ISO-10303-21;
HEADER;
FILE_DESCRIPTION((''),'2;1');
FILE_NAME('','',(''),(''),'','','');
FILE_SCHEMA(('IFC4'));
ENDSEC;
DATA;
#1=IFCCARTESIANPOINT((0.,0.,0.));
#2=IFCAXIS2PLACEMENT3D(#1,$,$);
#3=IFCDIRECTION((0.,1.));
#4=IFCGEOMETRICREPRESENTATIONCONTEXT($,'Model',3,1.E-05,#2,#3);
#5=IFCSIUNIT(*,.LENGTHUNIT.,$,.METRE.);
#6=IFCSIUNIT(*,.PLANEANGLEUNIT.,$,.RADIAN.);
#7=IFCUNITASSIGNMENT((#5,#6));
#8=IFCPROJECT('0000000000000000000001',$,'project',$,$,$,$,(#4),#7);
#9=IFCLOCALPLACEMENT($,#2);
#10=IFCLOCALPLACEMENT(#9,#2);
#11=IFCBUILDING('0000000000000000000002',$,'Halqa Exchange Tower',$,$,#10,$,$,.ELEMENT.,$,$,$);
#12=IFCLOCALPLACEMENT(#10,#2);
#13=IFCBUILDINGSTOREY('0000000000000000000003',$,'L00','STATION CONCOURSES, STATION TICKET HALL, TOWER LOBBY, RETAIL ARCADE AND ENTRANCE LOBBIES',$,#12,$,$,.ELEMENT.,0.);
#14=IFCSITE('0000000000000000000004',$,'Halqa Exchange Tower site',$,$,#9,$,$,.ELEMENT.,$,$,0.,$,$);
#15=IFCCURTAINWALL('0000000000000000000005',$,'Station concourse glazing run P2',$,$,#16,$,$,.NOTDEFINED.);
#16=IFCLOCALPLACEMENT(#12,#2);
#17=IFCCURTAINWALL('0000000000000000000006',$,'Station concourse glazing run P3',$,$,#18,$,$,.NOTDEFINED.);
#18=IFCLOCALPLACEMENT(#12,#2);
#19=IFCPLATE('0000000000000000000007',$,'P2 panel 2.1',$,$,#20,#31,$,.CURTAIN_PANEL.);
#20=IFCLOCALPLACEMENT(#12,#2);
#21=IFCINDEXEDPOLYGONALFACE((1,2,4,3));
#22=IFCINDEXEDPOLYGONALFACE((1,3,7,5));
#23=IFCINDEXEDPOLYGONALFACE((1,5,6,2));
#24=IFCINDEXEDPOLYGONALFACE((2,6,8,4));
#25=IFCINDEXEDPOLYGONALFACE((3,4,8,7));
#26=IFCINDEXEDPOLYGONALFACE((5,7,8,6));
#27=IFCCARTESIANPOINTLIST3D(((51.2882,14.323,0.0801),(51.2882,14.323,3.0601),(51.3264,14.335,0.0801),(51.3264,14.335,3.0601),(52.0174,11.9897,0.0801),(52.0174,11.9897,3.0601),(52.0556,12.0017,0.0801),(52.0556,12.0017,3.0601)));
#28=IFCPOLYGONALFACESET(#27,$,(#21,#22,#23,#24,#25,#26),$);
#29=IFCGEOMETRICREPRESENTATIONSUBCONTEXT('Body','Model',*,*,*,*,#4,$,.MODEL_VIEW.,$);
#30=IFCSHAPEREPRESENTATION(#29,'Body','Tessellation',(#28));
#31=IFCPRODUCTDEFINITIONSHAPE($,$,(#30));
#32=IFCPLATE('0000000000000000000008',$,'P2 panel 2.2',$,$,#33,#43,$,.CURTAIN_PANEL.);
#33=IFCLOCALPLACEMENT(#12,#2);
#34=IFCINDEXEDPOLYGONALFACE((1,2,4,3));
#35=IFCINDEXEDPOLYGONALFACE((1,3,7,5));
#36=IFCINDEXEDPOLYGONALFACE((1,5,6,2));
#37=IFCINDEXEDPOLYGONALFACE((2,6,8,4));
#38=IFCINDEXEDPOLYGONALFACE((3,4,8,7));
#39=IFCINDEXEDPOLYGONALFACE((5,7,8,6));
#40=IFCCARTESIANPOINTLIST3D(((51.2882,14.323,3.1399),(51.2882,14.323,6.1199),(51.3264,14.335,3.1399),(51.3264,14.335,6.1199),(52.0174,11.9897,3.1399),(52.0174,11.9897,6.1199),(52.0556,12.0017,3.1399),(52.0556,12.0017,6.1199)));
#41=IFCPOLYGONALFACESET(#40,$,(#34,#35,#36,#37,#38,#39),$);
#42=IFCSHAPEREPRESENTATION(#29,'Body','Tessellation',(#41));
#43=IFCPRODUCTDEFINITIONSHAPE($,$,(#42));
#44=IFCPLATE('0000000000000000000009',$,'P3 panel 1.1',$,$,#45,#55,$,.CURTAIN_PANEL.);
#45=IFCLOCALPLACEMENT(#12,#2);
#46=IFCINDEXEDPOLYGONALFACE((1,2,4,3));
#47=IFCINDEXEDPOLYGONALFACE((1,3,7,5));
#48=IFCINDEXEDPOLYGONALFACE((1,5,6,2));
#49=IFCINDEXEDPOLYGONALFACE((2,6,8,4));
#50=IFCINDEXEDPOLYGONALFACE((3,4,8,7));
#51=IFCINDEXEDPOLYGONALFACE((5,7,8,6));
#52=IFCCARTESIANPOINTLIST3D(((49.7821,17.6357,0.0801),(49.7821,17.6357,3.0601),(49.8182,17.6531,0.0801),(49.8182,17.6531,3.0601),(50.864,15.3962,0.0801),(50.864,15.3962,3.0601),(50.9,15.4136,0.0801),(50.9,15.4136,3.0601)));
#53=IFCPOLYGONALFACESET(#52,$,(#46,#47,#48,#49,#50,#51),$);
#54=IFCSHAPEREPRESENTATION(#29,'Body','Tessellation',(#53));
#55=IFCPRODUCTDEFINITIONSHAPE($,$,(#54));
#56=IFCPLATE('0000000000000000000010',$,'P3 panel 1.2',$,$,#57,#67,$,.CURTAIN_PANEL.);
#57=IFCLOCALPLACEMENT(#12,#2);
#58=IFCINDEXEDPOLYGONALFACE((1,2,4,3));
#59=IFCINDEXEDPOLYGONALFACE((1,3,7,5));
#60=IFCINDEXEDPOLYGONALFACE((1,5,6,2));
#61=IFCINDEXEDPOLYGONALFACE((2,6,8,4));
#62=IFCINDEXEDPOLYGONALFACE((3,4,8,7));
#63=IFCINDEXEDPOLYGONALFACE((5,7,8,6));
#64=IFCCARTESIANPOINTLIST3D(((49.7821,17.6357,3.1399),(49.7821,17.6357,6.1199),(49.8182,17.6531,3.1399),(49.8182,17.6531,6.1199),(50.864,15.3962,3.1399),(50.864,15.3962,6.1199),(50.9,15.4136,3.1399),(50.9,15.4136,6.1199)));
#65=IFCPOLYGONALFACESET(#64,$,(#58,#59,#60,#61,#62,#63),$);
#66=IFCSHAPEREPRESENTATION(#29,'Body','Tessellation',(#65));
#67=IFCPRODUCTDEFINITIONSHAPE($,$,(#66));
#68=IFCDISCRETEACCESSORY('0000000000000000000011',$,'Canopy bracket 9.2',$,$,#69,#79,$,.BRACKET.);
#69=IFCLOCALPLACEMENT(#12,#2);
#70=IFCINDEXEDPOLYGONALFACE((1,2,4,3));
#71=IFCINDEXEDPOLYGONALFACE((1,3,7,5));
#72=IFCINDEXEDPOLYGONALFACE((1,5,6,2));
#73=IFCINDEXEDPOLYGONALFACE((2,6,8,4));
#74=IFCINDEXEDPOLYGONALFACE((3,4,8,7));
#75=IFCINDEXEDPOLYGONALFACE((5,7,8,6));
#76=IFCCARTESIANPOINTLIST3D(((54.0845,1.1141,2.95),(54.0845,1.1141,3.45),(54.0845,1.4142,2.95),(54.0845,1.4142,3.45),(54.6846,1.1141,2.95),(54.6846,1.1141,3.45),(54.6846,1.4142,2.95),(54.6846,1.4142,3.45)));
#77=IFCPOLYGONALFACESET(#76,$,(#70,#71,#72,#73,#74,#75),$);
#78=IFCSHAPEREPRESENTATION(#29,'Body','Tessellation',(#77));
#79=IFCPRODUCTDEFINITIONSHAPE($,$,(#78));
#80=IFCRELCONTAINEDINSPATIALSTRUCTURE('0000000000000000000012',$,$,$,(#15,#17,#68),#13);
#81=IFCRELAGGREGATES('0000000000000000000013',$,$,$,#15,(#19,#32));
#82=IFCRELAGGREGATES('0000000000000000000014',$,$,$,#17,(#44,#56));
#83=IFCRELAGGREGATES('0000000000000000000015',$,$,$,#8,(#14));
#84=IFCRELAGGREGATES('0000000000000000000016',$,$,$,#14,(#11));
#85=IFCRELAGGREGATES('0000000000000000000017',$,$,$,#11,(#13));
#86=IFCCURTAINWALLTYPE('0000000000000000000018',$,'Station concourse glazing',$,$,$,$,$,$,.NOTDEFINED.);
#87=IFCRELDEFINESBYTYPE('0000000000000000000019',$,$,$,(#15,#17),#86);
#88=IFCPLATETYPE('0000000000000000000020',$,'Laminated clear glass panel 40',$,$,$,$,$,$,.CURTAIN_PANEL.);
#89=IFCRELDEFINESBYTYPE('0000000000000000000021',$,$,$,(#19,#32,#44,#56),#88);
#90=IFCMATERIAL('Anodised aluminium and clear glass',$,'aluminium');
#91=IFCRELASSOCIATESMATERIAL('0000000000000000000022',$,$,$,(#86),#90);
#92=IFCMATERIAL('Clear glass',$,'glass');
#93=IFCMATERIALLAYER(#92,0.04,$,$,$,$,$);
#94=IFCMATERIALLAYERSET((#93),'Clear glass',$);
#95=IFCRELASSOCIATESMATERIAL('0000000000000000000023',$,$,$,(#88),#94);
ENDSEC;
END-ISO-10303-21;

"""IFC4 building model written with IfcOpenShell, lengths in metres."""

from ifc_helpers import new_model, si_unit, direction, frame, origin, origin_2d, place, context, subcontext, project, spatial, rectangle, extrude, material, layer, layer_set, type_object, element, aggregate, save


model = new_model("IFC4")

# Units and contexts
model_context = context("Model", 3, precision=1e-05, world=origin(), true_north=direction((0.0, 1.0)))
body_context = subcontext(model_context, "Body", "Model", "MODEL_VIEW")
ifc_project = project(units=[si_unit("LENGTHUNIT", "METRE"), si_unit("PLANEANGLEUNIT", "RADIAN")], contexts=[model_context])

# Site, building, storey
site_placement = place(None, origin())
site = spatial("IfcSite", under=ifc_project, at=site_placement, Name="Halqa Exchange Tower site", CompositionType="ELEMENT", RefElevation=0.0)
building_placement = place(site_placement, origin())
building = spatial("IfcBuilding", under=site, at=building_placement, Name="Halqa Exchange Tower", CompositionType="ELEMENT")
storey_placement = place(building_placement, origin())
storey = spatial("IfcBuildingStorey", under=building, at=storey_placement, Name="L00", Description="STATION CONCOURSES, STATION TICKET HALL, TOWER LOBBY, RETAIL ARCADE AND ENTRANCE LOBBIES", CompositionType="ELEMENT", Elevation=0.0)

# Curtain walls
ifc_material_1 = material(Name="Anodised aluminium and clear glass", Category="aluminium")
curtain_wall_type = type_object("IfcCurtainWallType", Name="Station concourse glazing", PredefinedType="NOTDEFINED", material=ifc_material_1)
curtain_wall_1_placement = place(storey_placement, origin())
curtain_wall_1 = element("IfcCurtainWall", 1, at=curtain_wall_1_placement, inside=storey, type_object=curtain_wall_type, Name="Station concourse glazing run P2", PredefinedType="NOTDEFINED")
curtain_wall_2_placement = place(storey_placement, origin())
curtain_wall_2 = element("IfcCurtainWall", 2, at=curtain_wall_2_placement, inside=storey, type_object=curtain_wall_type, Name="Station concourse glazing run P3", PredefinedType="NOTDEFINED")

# Plates
ifc_material_2 = material(Name="Clear glass", Category="glass")
ifc_layer_1 = layer(ifc_material_2, 0.04)
ifc_layer_set_1 = layer_set([ifc_layer_1], Name="Clear glass")
plate_type = type_object("IfcPlateType", Name="Laminated clear glass panel 40", PredefinedType="CURTAIN_PANEL", material=ifc_layer_set_1)
plate_1_placement = place(storey_placement, frame((51.6719, 13.1624, 0.0801), z_axis=(0.0, 0.0, 1.0), x_axis=(-0.298303, 0.954471, 0.0)))
plate_1 = element("IfcPlate", 3, at=plate_1_placement, type_object=plate_type, Name="P2 panel 2.1", PredefinedType="CURTAIN_PANEL", context=body_context, shape_type="SweptSolid", body=[
    extrude(rectangle(XDim=2.4446, YDim=0.04, at=origin_2d()), origin(), (0.0, 0.0, 1.0), 2.98),
])
plate_2_placement = place(storey_placement, frame((51.6719, 13.1624, 3.1399), z_axis=(0.0, 0.0, 1.0), x_axis=(-0.298303, 0.954471, 0.0)))
plate_2 = element("IfcPlate", 4, at=plate_2_placement, type_object=plate_type, Name="P2 panel 2.2", PredefinedType="CURTAIN_PANEL", context=body_context, shape_type="SweptSolid", body=[
    extrude(rectangle(XDim=2.4446, YDim=0.04, at=origin_2d()), origin(), (0.0, 0.0, 1.0), 2.98),
])
aggregate(curtain_wall_1, [plate_1, plate_2])
plate_3_placement = place(storey_placement, frame((50.3411, 16.5247, 0.0801), z_axis=(0.0, 0.0, 1.0), x_axis=(-0.43499, 0.900435, 0.0)))
plate_3 = element("IfcPlate", 5, at=plate_3_placement, type_object=plate_type, Name="P3 panel 1.1", PredefinedType="CURTAIN_PANEL", context=body_context, shape_type="SweptSolid", body=[
    extrude(rectangle(XDim=2.4871, YDim=0.04, at=origin_2d()), origin(), (0.0, 0.0, 1.0), 2.98),
])
plate_4_placement = place(storey_placement, frame((50.3411, 16.5247, 3.1399), z_axis=(0.0, 0.0, 1.0), x_axis=(-0.43499, 0.900435, 0.0)))
plate_4 = element("IfcPlate", 6, at=plate_4_placement, type_object=plate_type, Name="P3 panel 1.2", PredefinedType="CURTAIN_PANEL", context=body_context, shape_type="SweptSolid", body=[
    extrude(rectangle(XDim=2.4871, YDim=0.04, at=origin_2d()), origin(), (0.0, 0.0, 1.0), 2.98),
])
aggregate(curtain_wall_2, [plate_3, plate_4])

# Discrete accessory
discrete_accessory_placement = place(storey_placement, frame((54.3845, 1.2642, 2.95), z_axis=(0.0, 0.0, 1.0), x_axis=(0.0, 1.0, 0.0)))
element("IfcDiscreteAccessory", 7, at=discrete_accessory_placement, inside=storey, Name="Canopy bracket 9.2", PredefinedType="BRACKET", context=body_context, shape_type="SweptSolid", body=[
    extrude(rectangle(XDim=0.3, YDim=0.6001, at=origin_2d()), origin(), (0.0, 0.0, 1.0), 0.5),
])

save(model, "model.ifc")
